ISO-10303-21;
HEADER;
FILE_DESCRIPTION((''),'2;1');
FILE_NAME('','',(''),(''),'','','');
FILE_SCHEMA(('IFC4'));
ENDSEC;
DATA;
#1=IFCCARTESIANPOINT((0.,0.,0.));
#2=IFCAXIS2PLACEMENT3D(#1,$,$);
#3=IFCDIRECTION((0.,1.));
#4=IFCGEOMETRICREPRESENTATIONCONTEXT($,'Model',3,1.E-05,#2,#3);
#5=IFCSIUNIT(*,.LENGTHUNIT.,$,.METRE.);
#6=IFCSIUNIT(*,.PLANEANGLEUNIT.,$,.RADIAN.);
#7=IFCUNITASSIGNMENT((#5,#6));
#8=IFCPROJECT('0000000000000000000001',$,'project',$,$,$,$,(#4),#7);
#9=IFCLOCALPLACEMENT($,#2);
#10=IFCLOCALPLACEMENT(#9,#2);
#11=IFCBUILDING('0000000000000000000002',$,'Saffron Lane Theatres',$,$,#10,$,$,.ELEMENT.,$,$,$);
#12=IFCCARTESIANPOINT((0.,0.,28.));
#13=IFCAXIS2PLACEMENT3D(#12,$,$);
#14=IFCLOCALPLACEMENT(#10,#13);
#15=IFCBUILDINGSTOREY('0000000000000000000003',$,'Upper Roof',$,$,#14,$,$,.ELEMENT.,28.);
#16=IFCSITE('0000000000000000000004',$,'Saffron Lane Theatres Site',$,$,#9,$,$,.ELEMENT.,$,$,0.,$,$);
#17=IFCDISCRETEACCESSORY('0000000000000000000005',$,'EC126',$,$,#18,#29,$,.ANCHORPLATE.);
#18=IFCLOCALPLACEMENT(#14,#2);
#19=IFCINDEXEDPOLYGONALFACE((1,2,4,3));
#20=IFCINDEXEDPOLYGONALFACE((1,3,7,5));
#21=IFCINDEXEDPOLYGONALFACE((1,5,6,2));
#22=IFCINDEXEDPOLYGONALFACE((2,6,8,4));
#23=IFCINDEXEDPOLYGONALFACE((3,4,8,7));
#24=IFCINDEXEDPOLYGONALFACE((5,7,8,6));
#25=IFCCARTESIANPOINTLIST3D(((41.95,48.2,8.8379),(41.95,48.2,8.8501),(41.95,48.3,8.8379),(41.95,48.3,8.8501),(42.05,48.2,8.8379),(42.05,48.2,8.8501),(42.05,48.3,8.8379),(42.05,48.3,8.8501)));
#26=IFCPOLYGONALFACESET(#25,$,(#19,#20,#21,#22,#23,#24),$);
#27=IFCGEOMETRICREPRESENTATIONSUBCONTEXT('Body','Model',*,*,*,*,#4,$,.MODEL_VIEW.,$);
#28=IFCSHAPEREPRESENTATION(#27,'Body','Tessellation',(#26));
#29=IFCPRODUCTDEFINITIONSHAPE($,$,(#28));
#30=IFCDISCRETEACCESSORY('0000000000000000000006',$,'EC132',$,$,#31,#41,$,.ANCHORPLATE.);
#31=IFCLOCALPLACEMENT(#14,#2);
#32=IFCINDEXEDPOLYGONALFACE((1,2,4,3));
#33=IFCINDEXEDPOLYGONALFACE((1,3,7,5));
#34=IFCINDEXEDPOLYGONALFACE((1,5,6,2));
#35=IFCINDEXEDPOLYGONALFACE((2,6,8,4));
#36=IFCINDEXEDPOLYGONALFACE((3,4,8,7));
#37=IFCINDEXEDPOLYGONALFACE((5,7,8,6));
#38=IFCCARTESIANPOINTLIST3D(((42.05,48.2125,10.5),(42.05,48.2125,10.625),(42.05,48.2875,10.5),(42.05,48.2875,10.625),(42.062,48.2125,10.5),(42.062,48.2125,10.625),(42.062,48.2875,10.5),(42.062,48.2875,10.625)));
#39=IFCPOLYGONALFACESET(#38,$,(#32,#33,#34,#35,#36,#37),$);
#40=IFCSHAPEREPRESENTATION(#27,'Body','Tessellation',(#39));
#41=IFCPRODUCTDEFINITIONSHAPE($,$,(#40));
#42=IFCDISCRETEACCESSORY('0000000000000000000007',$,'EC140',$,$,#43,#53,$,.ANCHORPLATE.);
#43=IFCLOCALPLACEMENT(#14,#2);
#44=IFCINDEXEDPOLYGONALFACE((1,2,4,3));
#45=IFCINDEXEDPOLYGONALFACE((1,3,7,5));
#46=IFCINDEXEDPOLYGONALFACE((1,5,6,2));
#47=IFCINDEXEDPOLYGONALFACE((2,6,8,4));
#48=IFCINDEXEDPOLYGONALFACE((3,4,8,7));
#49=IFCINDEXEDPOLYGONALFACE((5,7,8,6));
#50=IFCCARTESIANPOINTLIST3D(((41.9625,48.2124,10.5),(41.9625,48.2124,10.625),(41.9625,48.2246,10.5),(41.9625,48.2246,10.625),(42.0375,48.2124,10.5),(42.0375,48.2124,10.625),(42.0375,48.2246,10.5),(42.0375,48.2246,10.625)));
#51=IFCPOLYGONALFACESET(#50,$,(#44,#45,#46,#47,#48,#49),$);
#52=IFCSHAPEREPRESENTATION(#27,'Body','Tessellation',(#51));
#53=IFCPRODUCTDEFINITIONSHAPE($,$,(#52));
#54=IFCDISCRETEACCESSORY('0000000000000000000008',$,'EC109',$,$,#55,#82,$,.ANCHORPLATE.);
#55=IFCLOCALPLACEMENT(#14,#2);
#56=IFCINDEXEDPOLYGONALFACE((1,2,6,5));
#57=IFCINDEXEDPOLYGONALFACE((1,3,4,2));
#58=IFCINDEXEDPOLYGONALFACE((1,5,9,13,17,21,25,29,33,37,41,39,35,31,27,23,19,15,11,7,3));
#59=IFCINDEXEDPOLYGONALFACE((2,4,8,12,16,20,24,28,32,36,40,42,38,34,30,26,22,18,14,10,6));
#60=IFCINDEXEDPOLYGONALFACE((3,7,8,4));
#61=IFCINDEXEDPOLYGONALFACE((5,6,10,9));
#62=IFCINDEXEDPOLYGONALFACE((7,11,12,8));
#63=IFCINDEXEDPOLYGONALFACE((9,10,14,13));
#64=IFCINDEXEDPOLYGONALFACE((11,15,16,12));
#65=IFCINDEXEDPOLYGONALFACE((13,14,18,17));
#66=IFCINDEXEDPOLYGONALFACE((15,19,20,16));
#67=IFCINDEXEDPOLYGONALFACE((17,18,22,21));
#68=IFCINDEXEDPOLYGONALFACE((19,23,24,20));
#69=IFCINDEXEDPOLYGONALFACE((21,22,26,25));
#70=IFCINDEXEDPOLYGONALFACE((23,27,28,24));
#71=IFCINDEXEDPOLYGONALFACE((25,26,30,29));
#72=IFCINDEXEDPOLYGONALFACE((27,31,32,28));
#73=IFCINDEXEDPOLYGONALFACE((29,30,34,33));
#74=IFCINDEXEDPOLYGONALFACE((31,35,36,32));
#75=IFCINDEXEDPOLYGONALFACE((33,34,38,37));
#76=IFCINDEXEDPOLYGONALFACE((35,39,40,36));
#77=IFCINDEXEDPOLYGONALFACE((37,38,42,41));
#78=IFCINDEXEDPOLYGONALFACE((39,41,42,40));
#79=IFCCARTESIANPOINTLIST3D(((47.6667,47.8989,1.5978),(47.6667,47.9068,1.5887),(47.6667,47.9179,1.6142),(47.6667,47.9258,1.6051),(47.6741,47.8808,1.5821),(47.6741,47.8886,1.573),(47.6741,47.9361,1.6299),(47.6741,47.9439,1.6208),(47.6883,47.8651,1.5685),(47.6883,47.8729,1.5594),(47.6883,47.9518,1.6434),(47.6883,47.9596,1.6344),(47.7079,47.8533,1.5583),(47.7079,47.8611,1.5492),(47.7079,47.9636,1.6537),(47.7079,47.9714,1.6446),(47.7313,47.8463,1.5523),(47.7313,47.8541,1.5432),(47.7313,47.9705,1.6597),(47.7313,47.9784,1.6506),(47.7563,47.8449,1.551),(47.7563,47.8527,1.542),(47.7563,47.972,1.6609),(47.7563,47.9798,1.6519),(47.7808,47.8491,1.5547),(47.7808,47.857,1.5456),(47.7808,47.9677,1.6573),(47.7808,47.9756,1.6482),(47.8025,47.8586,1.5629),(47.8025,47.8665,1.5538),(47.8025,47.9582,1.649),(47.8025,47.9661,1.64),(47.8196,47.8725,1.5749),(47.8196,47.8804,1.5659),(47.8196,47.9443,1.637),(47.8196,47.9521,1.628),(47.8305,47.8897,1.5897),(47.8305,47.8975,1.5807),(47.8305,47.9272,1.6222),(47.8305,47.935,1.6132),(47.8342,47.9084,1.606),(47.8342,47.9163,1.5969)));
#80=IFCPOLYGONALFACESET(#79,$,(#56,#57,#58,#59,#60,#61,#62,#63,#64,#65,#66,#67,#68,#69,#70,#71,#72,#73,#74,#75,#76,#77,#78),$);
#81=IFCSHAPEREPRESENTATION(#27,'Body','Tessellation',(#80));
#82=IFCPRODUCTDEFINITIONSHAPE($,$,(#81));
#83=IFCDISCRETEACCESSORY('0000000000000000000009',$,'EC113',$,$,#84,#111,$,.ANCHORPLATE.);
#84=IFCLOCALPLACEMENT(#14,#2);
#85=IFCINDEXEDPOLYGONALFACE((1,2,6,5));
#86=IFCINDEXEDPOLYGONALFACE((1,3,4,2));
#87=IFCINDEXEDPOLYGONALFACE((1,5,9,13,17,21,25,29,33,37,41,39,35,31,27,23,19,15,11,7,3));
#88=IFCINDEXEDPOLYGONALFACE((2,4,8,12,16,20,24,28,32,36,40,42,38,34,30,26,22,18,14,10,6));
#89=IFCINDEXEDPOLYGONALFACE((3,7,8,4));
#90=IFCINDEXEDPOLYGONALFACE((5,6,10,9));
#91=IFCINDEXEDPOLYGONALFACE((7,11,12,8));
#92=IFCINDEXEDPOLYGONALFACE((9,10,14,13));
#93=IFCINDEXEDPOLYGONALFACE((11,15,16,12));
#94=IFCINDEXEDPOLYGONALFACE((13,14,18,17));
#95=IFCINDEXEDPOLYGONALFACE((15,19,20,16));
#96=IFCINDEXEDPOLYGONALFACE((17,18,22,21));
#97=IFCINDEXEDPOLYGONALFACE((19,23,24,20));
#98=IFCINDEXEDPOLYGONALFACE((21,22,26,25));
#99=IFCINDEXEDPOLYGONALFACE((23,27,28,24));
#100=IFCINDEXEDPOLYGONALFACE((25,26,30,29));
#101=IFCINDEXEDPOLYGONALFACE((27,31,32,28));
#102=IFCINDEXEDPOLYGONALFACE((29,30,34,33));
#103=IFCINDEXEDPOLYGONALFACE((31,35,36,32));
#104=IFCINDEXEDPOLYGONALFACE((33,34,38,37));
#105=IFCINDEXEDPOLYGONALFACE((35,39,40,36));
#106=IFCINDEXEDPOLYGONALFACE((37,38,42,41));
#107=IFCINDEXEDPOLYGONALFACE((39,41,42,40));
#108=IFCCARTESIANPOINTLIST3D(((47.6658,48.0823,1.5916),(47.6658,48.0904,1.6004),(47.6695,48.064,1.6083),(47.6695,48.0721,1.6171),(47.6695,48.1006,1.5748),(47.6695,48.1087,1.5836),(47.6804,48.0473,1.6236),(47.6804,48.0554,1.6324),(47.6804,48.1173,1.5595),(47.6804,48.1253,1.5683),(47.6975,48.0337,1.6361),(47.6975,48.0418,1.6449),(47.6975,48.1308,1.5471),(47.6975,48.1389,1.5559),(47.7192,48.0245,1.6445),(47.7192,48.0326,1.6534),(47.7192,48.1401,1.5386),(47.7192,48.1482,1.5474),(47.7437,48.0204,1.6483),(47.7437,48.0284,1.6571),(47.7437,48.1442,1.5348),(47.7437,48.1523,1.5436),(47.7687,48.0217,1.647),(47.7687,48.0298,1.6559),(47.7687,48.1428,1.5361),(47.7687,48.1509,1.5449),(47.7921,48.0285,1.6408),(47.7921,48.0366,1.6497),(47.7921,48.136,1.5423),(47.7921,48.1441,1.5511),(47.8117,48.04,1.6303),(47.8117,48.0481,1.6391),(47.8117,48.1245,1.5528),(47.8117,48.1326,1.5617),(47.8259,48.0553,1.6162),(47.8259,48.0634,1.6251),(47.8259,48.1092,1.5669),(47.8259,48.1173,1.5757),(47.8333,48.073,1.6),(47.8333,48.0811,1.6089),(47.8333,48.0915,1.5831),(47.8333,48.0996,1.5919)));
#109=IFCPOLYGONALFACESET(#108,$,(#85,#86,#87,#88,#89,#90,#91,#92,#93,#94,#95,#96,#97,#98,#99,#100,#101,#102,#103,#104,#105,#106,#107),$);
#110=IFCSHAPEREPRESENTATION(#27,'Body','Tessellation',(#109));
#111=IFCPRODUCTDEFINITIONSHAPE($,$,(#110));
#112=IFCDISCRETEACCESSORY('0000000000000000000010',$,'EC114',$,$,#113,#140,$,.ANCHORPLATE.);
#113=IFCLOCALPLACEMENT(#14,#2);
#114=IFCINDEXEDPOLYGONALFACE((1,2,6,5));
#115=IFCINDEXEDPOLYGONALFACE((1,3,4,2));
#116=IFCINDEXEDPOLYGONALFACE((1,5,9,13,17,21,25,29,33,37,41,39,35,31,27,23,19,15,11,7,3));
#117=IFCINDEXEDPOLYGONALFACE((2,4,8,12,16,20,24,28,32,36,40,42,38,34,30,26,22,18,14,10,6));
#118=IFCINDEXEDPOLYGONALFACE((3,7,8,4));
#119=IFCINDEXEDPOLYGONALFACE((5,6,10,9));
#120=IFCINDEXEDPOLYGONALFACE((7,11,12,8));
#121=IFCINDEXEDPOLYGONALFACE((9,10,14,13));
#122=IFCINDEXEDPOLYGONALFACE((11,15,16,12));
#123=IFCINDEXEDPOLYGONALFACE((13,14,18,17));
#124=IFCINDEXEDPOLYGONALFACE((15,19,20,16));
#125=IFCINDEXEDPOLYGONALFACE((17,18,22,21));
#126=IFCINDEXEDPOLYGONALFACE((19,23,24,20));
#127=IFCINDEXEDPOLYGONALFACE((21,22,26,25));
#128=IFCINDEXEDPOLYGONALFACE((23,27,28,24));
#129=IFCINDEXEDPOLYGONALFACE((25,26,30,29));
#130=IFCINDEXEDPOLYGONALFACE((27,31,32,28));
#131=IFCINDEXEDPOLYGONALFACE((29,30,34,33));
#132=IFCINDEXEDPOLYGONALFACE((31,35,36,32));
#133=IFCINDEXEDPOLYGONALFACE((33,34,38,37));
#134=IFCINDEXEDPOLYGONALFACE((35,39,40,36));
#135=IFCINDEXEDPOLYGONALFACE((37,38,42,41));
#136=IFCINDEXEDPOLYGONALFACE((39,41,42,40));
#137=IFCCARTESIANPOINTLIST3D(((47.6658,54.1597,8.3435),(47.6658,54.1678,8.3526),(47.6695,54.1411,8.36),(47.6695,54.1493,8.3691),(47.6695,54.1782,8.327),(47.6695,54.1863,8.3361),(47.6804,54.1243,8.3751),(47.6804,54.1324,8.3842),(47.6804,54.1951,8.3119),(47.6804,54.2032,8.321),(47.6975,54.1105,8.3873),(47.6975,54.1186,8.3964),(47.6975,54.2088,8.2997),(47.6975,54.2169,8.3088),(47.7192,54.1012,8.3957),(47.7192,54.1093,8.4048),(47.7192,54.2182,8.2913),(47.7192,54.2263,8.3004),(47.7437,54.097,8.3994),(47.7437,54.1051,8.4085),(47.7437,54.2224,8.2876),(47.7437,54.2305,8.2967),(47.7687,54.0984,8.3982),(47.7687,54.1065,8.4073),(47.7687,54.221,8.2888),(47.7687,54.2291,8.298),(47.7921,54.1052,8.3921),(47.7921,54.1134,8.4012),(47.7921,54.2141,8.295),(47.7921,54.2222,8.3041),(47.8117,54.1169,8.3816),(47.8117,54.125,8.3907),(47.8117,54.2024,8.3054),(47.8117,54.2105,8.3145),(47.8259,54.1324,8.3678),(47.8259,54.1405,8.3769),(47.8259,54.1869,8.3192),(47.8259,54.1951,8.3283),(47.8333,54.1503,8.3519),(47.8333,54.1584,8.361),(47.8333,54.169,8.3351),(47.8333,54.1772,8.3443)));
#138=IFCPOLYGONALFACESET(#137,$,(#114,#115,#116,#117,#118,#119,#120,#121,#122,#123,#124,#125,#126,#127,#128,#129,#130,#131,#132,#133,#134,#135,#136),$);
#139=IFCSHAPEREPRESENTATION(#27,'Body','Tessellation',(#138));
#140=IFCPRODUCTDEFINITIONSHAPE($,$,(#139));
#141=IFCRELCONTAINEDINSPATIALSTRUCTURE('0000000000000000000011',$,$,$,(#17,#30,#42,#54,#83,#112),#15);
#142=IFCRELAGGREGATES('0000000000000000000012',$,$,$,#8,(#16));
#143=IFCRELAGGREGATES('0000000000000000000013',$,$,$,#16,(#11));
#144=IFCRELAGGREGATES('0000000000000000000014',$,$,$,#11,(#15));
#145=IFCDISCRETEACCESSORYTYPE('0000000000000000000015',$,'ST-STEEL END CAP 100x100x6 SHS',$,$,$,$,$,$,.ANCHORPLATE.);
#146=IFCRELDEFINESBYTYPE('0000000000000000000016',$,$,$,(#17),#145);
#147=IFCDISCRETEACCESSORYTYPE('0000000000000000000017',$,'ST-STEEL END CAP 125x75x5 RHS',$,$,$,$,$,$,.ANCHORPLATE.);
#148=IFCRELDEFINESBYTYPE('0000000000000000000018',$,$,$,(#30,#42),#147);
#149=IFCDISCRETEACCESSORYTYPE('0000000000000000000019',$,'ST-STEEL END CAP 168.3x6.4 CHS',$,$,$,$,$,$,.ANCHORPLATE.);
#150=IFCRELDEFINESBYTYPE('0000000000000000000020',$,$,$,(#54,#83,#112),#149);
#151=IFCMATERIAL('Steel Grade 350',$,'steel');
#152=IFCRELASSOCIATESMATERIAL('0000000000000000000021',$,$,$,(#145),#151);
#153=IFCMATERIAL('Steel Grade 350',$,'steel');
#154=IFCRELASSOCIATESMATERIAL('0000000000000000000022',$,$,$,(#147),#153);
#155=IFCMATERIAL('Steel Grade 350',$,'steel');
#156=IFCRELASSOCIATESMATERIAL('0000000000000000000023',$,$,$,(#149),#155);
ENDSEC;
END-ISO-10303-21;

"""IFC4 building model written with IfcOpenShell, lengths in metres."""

from ifc_helpers import new_model, si_unit, direction, frame, origin, origin_2d, place, context, subcontext, project, spatial, rectangle, circle, extrude, material, material_profile, profile_set, type_object, element, save


model = new_model("IFC4")

# Units and contexts
model_context = context("Model", 3, precision=1e-05, world=origin(), true_north=direction((0.0, 1.0)))
body_context = subcontext(model_context, "Body", "Model", "MODEL_VIEW")
ifc_project = project(units=[si_unit("LENGTHUNIT", "METRE"), si_unit("PLANEANGLEUNIT", "RADIAN")], contexts=[model_context])

# Site, building, storey
site_placement = place(None, origin())
site = spatial("IfcSite", under=ifc_project, at=site_placement, Name="Saffron Lane Theatres Site", CompositionType="ELEMENT", RefElevation=0.0)
building_placement = place(site_placement, origin())
building = spatial("IfcBuilding", under=site, at=building_placement, Name="Saffron Lane Theatres", CompositionType="ELEMENT")
storey_placement = place(building_placement, frame((0.0, 0.0, 28.0)))
storey = spatial("IfcBuildingStorey", under=building, at=storey_placement, Name="Upper Roof", CompositionType="ELEMENT", Elevation=28.0)

# Discrete accessories
ifc_material_1 = material(Name="Steel Grade 350", Category="steel")
ifc_material_profile_1 = material_profile(ifc_material_1, rectangle(XDim=0.1001, YDim=0.1001, at=origin_2d()))
ifc_profile_set_1 = profile_set([ifc_material_profile_1], Name="Steel Grade 350")
discrete_accessory_type_1 = type_object("IfcDiscreteAccessoryType", Name="ST-STEEL END CAP 100x100x6 SHS", PredefinedType="ANCHORPLATE", material=ifc_profile_set_1)
discrete_accessory_1_placement = place(storey_placement, frame((42.0, 48.25, 8.8379), z_axis=(0.0, 0.0, 1.0), x_axis=(1.0, 0.0, 0.0)))
element("IfcDiscreteAccessory", 1, at=discrete_accessory_1_placement, inside=storey, type_object=discrete_accessory_type_1, Name="EC126", PredefinedType="ANCHORPLATE", context=body_context, shape_type="SweptSolid", body=[
    extrude(rectangle(XDim=0.1001, YDim=0.1001, at=origin_2d()), origin(), (0.0, 0.0, 1.0), 0.0122),
])
ifc_material_2 = material(Name="Steel Grade 350", Category="steel")
ifc_material_profile_2 = material_profile(ifc_material_2, rectangle(XDim=0.075, YDim=0.125, at=origin_2d()))
ifc_profile_set_2 = profile_set([ifc_material_profile_2], Name="Steel Grade 350")
discrete_accessory_type_2 = type_object("IfcDiscreteAccessoryType", Name="ST-STEEL END CAP 125x75x5 RHS", PredefinedType="ANCHORPLATE", material=ifc_profile_set_2)
discrete_accessory_2_placement = place(storey_placement, frame((42.05, 48.25, 10.5625), z_axis=(1.0, 0.0, 0.0), x_axis=(0.0, 1.0, 0.0)))
element("IfcDiscreteAccessory", 2, at=discrete_accessory_2_placement, inside=storey, type_object=discrete_accessory_type_2, Name="EC132", PredefinedType="ANCHORPLATE", context=body_context, shape_type="SweptSolid", body=[
    extrude(rectangle(XDim=0.075, YDim=0.125, at=origin_2d()), origin(), (0.0, 0.0, 1.0), 0.012),
])
discrete_accessory_3_placement = place(storey_placement, frame((42.0, 48.2124, 10.5625), z_axis=(0.0, 1.0, 0.0), x_axis=(-1.0, 0.0, 0.0)))
element("IfcDiscreteAccessory", 3, at=discrete_accessory_3_placement, inside=storey, type_object=discrete_accessory_type_2, Name="EC140", PredefinedType="ANCHORPLATE", context=body_context, shape_type="SweptSolid", body=[
    extrude(rectangle(XDim=0.075, YDim=0.125, at=origin_2d()), origin(), (0.0, 0.0, 1.0), 0.0122),
])
ifc_material_3 = material(Name="Steel Grade 350", Category="steel")
ifc_material_profile_3 = material_profile(ifc_material_3, circle(Radius=0.0842, at=origin_2d()))
ifc_profile_set_3 = profile_set([ifc_material_profile_3], Name="Steel Grade 350")
discrete_accessory_type_3 = type_object("IfcDiscreteAccessoryType", Name="ST-STEEL END CAP 168.3x6.4 CHS", PredefinedType="ANCHORPLATE", material=ifc_profile_set_3)
for number, where, z_axis, x_axis, name in (
    (4, (47.75, 47.9163, 1.5969), (0.0, -0.654152, 0.756363), (1.0, 0.0, 0.0), "EC109"),
    (5, (47.75, 48.0823, 1.5916), (0.0, 0.675725, 0.737154), (-1.0, 0.0, 0.0), "EC113"),
):
    element("IfcDiscreteAccessory", number, at=place(storey_placement, frame(where, z_axis=z_axis, x_axis=x_axis)), inside=storey, type_object=discrete_accessory_type_3, Name=name, PredefinedType="ANCHORPLATE", context=body_context, shape_type="SweptSolid", body=[
        extrude(circle(Radius=0.0842, at=origin_2d()), origin(), (0.0, 0.0, 1.0), 0.012),
    ])
discrete_accessory_4_placement = place(storey_placement, frame((47.75, 54.1597, 8.3435), z_axis=(0.0, 0.665615, 0.746295), x_axis=(-1.0, 0.0, 0.0)))
element("IfcDiscreteAccessory", 6, at=discrete_accessory_4_placement, inside=storey, type_object=discrete_accessory_type_3, Name="EC114", PredefinedType="ANCHORPLATE", context=body_context, shape_type="SweptSolid", body=[
    extrude(circle(Radius=0.0842, at=origin_2d()), origin(), (0.0, 0.0, 1.0), 0.0122),
])

save(model, "model.ifc")
